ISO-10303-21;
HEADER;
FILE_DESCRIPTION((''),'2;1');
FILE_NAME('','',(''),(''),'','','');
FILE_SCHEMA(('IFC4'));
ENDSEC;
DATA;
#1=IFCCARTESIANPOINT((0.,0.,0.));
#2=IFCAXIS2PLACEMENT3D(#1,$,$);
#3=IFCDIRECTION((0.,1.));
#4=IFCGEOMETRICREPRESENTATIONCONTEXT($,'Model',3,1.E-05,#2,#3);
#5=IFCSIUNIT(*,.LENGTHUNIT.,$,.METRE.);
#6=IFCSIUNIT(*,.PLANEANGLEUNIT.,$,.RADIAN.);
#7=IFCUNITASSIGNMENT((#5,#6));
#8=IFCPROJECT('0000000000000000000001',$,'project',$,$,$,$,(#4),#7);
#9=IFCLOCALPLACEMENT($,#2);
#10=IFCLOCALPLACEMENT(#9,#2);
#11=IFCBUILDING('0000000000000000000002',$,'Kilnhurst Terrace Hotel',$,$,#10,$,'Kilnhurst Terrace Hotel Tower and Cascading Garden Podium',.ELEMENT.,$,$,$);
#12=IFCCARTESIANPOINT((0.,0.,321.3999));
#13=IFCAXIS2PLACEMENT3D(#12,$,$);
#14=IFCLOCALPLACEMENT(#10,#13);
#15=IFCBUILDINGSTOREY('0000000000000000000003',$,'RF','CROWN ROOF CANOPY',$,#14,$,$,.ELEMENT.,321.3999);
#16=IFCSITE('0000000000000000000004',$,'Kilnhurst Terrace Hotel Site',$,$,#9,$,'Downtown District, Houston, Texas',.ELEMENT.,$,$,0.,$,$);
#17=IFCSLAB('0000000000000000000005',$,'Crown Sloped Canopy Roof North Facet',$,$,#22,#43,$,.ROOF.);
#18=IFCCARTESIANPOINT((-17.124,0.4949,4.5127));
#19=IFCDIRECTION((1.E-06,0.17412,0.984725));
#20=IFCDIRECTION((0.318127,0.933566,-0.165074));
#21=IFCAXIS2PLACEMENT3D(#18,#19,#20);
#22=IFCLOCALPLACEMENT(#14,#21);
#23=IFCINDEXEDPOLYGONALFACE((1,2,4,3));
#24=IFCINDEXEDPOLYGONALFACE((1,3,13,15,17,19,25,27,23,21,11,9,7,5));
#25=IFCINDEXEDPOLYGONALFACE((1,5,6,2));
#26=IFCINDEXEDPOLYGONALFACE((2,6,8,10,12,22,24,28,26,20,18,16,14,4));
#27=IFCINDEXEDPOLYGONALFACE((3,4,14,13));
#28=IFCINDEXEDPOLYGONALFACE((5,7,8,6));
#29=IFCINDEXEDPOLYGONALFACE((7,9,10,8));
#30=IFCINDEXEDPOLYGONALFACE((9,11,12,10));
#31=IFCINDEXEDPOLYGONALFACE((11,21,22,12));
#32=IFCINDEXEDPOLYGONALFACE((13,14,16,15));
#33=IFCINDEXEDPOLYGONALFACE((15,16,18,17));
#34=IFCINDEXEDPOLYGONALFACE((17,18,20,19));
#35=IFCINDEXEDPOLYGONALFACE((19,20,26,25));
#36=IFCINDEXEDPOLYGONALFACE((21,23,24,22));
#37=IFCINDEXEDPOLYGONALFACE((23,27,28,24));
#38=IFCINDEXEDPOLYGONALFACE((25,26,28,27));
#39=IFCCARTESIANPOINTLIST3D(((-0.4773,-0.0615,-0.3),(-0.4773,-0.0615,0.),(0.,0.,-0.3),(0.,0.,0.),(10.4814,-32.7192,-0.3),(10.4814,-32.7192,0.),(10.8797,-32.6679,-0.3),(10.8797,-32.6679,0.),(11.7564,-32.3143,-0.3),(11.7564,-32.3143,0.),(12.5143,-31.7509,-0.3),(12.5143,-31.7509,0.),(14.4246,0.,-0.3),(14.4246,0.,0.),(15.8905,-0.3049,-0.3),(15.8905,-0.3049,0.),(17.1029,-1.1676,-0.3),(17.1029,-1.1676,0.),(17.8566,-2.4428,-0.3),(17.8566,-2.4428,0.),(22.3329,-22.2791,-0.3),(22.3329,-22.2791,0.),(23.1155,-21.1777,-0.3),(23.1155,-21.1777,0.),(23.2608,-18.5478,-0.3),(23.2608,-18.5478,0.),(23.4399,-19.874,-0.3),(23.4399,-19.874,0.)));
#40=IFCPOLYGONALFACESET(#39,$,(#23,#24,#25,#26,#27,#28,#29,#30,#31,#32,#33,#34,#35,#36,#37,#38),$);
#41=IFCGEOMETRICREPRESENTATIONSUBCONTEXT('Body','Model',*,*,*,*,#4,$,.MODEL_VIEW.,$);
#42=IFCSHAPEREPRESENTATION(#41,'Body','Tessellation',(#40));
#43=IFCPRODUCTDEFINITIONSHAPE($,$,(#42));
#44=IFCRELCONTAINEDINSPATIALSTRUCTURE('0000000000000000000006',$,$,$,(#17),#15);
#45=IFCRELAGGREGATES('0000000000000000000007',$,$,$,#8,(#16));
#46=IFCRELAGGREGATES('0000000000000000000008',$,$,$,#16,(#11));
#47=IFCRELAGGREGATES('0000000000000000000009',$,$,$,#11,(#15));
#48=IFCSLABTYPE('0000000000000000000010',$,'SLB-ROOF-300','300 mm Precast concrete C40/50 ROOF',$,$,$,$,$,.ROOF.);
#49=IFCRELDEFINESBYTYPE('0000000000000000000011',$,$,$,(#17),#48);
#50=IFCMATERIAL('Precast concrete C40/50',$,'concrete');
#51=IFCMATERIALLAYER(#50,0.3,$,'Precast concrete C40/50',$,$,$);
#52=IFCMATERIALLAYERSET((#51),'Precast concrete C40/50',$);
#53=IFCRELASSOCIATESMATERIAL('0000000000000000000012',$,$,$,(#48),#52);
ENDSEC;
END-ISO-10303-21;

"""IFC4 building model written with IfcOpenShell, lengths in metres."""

from ifc_helpers import new_model, si_unit, direction, frame, origin, place, context, subcontext, project, spatial, polyline, outline, extrude, material, layer, layer_set, type_object, element, save


model = new_model("IFC4")

# Units and contexts
model_context = context("Model", 3, precision=1e-05, world=origin(), true_north=direction((0.0, 1.0)))
body_context = subcontext(model_context, "Body", "Model", "MODEL_VIEW")
ifc_project = project(units=[si_unit("LENGTHUNIT", "METRE"), si_unit("PLANEANGLEUNIT", "RADIAN")], contexts=[model_context])

# Site, building, storey
site_placement = place(None, origin())
site = spatial("IfcSite", under=ifc_project, at=site_placement, Name="Kilnhurst Terrace Hotel Site", LongName="Downtown District, Houston, Texas", CompositionType="ELEMENT", RefElevation=0.0)
building_placement = place(site_placement, origin())
building = spatial("IfcBuilding", under=site, at=building_placement, Name="Kilnhurst Terrace Hotel", LongName="Kilnhurst Terrace Hotel Tower and Cascading Garden Podium", CompositionType="ELEMENT")
storey_placement = place(building_placement, frame((0.0, 0.0, 321.3999)))
storey = spatial("IfcBuildingStorey", under=building, at=storey_placement, Name="RF", Description="CROWN ROOF CANOPY", CompositionType="ELEMENT", Elevation=321.3999)

# Slab
ifc_material_1 = material(Name="Precast concrete C40/50", Category="concrete")
ifc_layer_1 = layer(ifc_material_1, 0.3, Name="Precast concrete C40/50")
ifc_layer_set_1 = layer_set([ifc_layer_1], Name="Precast concrete C40/50")
slab_type = type_object("IfcSlabType", Name="SLB-ROOF-300", Description="300 mm Precast concrete C40/50 ROOF", PredefinedType="ROOF", material=ifc_layer_set_1)
slab_placement = place(storey_placement, frame((-17.124, 0.4949, 4.5127), z_axis=(0.000001, 0.17412, 0.984725), x_axis=(0.318127, 0.933566, -0.165074)))
element("IfcSlab", 1, at=slab_placement, inside=storey, type_object=slab_type, Name="Crown Sloped Canopy Roof North Facet", PredefinedType="ROOF", context=body_context, shape_type="SweptSolid", body=[
    extrude(outline(polyline([(0.0, 0.0), (14.4246, 0.0), (15.8905, -0.3049), (17.1029, -1.1676), (17.8566, -2.4428), (23.2608, -18.5478), (23.4399, -19.874), (23.1155, -21.1777), (22.3329, -22.2791), (12.5143, -31.7509), (11.7564, -32.3143), (10.8797, -32.6679), (10.4814, -32.7192), (-0.4773, -0.0615), (0.0, 0.0)])), origin(), (0.0, 0.0, -1.0), 0.3),
])

save(model, "model.ifc")
